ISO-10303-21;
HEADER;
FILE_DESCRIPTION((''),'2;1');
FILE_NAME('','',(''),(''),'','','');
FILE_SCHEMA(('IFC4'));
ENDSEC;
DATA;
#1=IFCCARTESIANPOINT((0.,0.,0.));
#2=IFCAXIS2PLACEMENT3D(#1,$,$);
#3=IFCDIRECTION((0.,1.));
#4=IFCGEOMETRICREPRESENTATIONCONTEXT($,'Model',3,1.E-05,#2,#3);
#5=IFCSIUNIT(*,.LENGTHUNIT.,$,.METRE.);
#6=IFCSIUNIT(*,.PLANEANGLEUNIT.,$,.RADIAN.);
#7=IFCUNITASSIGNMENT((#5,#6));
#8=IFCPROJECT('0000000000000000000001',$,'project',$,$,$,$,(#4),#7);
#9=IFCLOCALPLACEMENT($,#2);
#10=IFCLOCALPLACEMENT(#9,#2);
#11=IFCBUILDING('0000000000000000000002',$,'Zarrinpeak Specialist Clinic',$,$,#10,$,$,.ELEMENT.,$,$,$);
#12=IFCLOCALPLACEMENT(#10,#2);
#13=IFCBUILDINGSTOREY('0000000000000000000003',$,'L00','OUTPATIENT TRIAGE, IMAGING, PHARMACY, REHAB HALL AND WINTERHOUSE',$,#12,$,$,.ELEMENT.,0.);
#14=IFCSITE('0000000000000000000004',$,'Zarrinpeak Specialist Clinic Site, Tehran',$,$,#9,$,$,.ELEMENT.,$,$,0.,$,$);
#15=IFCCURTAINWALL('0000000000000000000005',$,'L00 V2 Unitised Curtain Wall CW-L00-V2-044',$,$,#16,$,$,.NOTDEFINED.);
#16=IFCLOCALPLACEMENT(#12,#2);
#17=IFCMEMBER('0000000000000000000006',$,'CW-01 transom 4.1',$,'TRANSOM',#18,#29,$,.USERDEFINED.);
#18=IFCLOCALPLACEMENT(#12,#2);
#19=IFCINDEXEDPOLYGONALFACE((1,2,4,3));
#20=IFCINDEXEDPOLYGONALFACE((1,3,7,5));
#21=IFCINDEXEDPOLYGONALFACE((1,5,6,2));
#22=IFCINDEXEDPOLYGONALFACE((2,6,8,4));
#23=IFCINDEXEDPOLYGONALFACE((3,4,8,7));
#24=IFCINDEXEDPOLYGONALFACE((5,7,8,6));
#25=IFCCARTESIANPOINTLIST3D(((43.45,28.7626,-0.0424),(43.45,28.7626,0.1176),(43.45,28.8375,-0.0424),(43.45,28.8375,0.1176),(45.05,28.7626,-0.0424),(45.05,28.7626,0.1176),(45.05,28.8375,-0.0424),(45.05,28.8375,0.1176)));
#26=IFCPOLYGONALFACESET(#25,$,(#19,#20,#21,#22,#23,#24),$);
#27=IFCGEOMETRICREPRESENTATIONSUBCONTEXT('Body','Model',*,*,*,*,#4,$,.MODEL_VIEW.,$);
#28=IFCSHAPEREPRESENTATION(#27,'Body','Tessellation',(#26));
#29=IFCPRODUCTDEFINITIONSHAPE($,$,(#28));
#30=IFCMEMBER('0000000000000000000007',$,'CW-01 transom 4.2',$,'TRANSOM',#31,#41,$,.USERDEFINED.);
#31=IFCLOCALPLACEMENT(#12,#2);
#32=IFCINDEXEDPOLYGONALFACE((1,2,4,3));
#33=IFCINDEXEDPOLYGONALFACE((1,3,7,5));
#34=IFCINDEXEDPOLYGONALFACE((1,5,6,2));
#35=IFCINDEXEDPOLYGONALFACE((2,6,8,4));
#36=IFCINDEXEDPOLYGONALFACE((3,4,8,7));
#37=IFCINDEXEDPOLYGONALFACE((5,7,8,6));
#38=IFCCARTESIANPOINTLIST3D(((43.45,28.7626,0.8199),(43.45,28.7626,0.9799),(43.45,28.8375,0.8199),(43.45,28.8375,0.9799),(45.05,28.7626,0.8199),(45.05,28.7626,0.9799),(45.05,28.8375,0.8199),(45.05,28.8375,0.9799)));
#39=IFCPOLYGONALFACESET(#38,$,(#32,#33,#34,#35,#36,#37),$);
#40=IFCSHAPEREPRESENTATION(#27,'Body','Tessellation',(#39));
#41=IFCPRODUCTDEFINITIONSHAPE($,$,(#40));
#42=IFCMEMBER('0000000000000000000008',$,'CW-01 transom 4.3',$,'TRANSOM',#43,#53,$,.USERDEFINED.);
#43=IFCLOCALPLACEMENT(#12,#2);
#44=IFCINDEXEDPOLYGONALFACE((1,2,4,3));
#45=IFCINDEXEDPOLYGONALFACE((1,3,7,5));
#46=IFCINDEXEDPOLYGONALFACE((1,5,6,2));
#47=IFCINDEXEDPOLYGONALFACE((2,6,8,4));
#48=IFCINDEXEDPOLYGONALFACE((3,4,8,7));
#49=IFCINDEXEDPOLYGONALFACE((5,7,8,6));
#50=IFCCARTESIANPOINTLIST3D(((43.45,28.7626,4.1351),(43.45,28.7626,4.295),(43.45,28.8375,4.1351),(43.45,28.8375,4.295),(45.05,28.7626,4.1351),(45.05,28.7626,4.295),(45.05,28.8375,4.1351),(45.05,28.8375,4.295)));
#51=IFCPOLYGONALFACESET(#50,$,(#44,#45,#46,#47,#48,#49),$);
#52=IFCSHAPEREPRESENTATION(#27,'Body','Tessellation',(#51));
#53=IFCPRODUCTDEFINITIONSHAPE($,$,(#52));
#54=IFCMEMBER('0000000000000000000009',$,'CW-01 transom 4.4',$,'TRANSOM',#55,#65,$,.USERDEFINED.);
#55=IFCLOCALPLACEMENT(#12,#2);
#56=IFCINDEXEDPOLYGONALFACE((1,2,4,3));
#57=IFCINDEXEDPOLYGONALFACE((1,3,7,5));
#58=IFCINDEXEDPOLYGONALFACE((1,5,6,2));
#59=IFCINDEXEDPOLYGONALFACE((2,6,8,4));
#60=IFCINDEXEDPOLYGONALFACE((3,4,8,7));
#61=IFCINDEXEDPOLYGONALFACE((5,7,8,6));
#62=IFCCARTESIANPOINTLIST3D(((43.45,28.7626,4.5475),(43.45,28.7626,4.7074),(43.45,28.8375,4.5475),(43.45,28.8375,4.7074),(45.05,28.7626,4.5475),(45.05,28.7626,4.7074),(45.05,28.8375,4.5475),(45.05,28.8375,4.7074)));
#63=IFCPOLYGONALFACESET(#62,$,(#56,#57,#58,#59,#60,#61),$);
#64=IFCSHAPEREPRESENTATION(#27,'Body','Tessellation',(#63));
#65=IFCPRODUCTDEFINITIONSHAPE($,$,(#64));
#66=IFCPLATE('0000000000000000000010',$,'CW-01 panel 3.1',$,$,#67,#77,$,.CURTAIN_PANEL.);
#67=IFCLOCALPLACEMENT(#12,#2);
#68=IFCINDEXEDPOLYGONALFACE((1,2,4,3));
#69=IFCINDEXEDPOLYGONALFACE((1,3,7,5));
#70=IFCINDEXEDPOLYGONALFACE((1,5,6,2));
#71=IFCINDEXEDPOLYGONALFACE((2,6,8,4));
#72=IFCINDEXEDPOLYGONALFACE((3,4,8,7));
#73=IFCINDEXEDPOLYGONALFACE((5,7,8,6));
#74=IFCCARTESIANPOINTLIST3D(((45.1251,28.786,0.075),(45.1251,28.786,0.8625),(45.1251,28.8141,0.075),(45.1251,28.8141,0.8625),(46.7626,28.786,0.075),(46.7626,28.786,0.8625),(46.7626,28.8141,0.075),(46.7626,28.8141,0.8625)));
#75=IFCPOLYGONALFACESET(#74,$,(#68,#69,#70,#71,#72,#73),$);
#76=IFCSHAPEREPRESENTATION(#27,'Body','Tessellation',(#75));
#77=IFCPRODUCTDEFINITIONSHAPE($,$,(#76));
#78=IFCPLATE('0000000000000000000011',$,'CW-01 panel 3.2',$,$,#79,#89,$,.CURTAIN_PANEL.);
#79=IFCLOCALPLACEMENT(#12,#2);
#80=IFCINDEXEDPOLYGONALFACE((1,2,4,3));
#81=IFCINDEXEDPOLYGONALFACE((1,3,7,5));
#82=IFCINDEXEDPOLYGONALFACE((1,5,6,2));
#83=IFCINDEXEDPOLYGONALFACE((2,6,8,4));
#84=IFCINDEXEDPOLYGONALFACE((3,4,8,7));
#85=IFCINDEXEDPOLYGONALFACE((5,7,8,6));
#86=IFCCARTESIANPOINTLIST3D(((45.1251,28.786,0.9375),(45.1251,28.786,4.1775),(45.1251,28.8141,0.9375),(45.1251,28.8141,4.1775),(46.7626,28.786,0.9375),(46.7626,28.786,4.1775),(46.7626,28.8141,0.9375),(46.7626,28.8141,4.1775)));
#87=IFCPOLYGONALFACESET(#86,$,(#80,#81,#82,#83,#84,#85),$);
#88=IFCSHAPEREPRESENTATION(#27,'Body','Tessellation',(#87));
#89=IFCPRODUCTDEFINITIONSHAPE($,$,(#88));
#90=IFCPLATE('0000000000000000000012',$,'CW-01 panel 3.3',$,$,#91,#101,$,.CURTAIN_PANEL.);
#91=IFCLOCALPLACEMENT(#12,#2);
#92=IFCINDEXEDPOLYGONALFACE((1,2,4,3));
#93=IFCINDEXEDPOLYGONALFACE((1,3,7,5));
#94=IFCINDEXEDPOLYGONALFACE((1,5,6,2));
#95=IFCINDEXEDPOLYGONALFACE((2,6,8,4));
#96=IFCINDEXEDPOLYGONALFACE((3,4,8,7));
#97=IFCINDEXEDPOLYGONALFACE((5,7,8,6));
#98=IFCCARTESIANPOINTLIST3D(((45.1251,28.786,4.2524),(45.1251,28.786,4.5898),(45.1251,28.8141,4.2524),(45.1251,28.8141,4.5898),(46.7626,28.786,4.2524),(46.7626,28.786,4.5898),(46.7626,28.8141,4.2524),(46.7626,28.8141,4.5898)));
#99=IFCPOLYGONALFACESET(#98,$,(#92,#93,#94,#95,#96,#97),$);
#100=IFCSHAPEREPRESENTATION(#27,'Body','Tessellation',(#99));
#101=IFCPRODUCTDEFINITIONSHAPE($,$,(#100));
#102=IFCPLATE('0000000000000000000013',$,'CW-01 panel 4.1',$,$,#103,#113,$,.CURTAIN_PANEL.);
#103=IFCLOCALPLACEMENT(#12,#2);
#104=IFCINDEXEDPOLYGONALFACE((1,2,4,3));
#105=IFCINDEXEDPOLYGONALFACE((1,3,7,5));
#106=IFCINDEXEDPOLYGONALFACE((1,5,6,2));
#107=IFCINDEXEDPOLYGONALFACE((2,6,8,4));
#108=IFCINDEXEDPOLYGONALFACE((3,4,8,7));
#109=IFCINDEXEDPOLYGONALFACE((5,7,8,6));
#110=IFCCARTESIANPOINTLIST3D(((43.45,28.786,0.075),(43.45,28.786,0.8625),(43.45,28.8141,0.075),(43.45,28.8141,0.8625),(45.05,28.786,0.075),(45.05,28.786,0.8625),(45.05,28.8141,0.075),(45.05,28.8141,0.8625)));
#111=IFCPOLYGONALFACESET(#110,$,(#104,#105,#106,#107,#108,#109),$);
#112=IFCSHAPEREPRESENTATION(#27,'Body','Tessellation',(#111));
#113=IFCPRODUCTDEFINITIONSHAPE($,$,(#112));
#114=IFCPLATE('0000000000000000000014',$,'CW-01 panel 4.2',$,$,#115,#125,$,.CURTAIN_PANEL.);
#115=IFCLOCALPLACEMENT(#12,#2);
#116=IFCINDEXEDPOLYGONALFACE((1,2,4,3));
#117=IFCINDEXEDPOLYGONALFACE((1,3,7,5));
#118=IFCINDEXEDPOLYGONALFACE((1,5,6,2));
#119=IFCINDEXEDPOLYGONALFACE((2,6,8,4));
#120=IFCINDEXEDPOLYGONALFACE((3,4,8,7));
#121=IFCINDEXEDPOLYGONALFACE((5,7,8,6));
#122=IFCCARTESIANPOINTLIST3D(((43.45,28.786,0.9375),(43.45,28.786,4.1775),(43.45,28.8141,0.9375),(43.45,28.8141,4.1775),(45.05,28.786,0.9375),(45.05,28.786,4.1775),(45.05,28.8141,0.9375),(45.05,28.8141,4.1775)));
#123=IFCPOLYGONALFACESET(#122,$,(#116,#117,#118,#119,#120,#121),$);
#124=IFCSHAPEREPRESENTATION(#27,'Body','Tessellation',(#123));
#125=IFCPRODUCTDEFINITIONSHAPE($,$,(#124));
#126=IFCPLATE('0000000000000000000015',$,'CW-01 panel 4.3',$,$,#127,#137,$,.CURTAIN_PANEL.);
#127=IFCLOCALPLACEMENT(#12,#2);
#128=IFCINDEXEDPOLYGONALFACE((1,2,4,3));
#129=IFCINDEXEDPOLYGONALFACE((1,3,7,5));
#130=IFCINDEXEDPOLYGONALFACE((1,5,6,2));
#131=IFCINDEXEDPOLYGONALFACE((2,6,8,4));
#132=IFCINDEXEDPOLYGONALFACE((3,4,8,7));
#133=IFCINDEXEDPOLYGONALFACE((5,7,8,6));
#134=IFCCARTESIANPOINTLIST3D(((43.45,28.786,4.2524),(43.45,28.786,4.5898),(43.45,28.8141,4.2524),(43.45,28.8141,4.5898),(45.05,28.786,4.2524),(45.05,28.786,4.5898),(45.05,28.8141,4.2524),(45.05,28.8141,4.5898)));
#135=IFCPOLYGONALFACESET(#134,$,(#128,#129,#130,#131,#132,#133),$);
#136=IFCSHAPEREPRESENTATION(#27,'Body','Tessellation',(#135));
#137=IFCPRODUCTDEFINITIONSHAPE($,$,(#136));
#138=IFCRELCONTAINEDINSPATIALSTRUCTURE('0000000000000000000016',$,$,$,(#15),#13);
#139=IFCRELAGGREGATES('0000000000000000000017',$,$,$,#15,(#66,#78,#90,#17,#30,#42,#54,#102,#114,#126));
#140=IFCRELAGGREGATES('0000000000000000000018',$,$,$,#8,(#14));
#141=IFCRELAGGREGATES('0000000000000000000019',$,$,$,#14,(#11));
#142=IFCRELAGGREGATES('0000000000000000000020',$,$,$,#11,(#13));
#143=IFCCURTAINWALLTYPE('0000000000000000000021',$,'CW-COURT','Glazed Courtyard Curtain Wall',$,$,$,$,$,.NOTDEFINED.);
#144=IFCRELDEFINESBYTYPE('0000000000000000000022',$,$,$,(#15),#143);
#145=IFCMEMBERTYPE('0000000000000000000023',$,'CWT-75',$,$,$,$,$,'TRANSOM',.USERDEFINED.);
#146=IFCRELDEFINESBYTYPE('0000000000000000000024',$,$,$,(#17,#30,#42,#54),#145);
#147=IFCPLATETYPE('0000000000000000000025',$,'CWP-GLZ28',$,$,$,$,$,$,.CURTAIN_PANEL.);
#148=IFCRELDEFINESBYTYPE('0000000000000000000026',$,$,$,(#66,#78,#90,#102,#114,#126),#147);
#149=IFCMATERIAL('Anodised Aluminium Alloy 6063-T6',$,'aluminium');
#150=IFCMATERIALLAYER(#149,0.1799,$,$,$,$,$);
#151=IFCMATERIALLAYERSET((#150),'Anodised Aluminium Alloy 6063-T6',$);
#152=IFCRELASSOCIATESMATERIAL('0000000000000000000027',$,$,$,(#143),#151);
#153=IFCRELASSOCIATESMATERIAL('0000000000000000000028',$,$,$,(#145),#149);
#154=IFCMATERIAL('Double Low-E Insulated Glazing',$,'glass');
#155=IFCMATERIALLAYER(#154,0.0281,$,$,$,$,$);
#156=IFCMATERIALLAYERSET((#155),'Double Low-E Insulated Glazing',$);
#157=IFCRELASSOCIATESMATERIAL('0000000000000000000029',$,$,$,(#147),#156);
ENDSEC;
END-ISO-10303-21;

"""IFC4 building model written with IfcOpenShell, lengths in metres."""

from ifc_helpers import new_model, si_unit, direction, frame, origin, origin_2d, place, context, subcontext, project, spatial, rectangle, extrude, material, layer, layer_set, material_profile, profile_set, type_object, element, aggregate, save


model = new_model("IFC4")

# Units and contexts
model_context = context("Model", 3, precision=1e-05, world=origin(), true_north=direction((0.0, 1.0)))
body_context = subcontext(model_context, "Body", "Model", "MODEL_VIEW")
ifc_project = project(units=[si_unit("LENGTHUNIT", "METRE"), si_unit("PLANEANGLEUNIT", "RADIAN")], contexts=[model_context])

# Site, building, storey
site_placement = place(None, origin())
site = spatial("IfcSite", under=ifc_project, at=site_placement, Name="Zarrinpeak Specialist Clinic Site, Tehran", CompositionType="ELEMENT", RefElevation=0.0)
building_placement = place(site_placement, origin())
building = spatial("IfcBuilding", under=site, at=building_placement, Name="Zarrinpeak Specialist Clinic", CompositionType="ELEMENT")
storey_placement = place(building_placement, origin())
storey = spatial("IfcBuildingStorey", under=building, at=storey_placement, Name="L00", Description="OUTPATIENT TRIAGE, IMAGING, PHARMACY, REHAB HALL AND WINTERHOUSE", CompositionType="ELEMENT", Elevation=0.0)

# Curtain wall, members, plates
ifc_material_1 = material(Name="Anodised Aluminium Alloy 6063-T6", Category="aluminium")
ifc_layer_1 = layer(ifc_material_1, 0.1799)
ifc_layer_set_1 = layer_set([ifc_layer_1], Name="Anodised Aluminium Alloy 6063-T6")
curtain_wall_type = type_object("IfcCurtainWallType", Name="CW-COURT", Description="Glazed Courtyard Curtain Wall", PredefinedType="NOTDEFINED", material=ifc_layer_set_1)
curtain_wall_placement = place(storey_placement, origin())
curtain_wall = element("IfcCurtainWall", 1, at=curtain_wall_placement, inside=storey, type_object=curtain_wall_type, Name="L00 V2 Unitised Curtain Wall CW-L00-V2-044", PredefinedType="NOTDEFINED")
ifc_material_profile_1 = material_profile(ifc_material_1, rectangle(XDim=0.075, YDim=0.1599, at=origin_2d()), Name="ALU 75x160")
ifc_profile_set_1 = profile_set([ifc_material_profile_1], Name="Anodised Aluminium Alloy 6063-T6")
member_type_1 = type_object("IfcMemberType", Name="CWT-75", ElementType="TRANSOM", PredefinedType="USERDEFINED", material=ifc_profile_set_1)
member_1_placement = place(storey_placement, frame((45.05, 28.8, 0.0376), z_axis=(-1.0, 0.0, 0.0), x_axis=(0.0, -1.0, 0.0)))
member_1 = element("IfcMember", 2, at=member_1_placement, type_object=member_type_1, Name="CW-01 transom 4.1", ObjectType="TRANSOM", PredefinedType="USERDEFINED", context=body_context, shape_type="SweptSolid", body=[
    extrude(rectangle(XDim=0.075, YDim=0.1599, at=origin_2d()), origin(), (0.0, 0.0, 1.0), 1.6001),
])
member_2_placement = place(storey_placement, frame((45.05, 28.8, 0.8999), z_axis=(-1.0, 0.0, 0.0), x_axis=(0.0, -1.0, 0.0)))
member_2 = element("IfcMember", 3, at=member_2_placement, type_object=member_type_1, Name="CW-01 transom 4.2", ObjectType="TRANSOM", PredefinedType="USERDEFINED", context=body_context, shape_type="SweptSolid", body=[
    extrude(rectangle(XDim=0.075, YDim=0.1599, at=origin_2d()), origin(), (0.0, 0.0, 1.0), 1.6001),
])
member_3_placement = place(storey_placement, frame((45.05, 28.8, 4.2151), z_axis=(-1.0, 0.0, 0.0), x_axis=(0.0, -1.0, 0.0)))
member_3 = element("IfcMember", 4, at=member_3_placement, type_object=member_type_1, Name="CW-01 transom 4.3", ObjectType="TRANSOM", PredefinedType="USERDEFINED", context=body_context, shape_type="SweptSolid", body=[
    extrude(rectangle(XDim=0.075, YDim=0.1599, at=origin_2d()), origin(), (0.0, 0.0, 1.0), 1.6001),
])
member_4_placement = place(storey_placement, frame((45.05, 28.8, 4.6274), z_axis=(-1.0, 0.0, 0.0), x_axis=(0.0, -1.0, 0.0)))
member_4 = element("IfcMember", 5, at=member_4_placement, type_object=member_type_1, Name="CW-01 transom 4.4", ObjectType="TRANSOM", PredefinedType="USERDEFINED", context=body_context, shape_type="SweptSolid", body=[
    extrude(rectangle(XDim=0.075, YDim=0.1599, at=origin_2d()), origin(), (0.0, 0.0, 1.0), 1.6001),
])
ifc_material_2 = material(Name="Double Low-E Insulated Glazing", Category="glass")
ifc_layer_2 = layer(ifc_material_2, 0.0281)
ifc_layer_set_2 = layer_set([ifc_layer_2], Name="Double Low-E Insulated Glazing")
plate_type = type_object("IfcPlateType", Name="CWP-GLZ28", PredefinedType="CURTAIN_PANEL", material=ifc_layer_set_2)
plate_1_placement = place(storey_placement, frame((45.9438, 28.8, 0.075), z_axis=(0.0, 0.0, 1.0), x_axis=(-1.0, 0.0, 0.0)))
plate_1 = element("IfcPlate", 6, at=plate_1_placement, type_object=plate_type, Name="CW-01 panel 3.1", PredefinedType="CURTAIN_PANEL", context=body_context, shape_type="SweptSolid", body=[
    extrude(rectangle(XDim=1.6375, YDim=0.0281, at=origin_2d()), origin(), (0.0, 0.0, 1.0), 0.7876),
])
plate_2_placement = place(storey_placement, frame((45.9438, 28.8, 0.9375), z_axis=(0.0, 0.0, 1.0), x_axis=(-1.0, 0.0, 0.0)))
plate_2 = element("IfcPlate", 7, at=plate_2_placement, type_object=plate_type, Name="CW-01 panel 3.2", PredefinedType="CURTAIN_PANEL", context=body_context, shape_type="SweptSolid", body=[
    extrude(rectangle(XDim=1.6375, YDim=0.0281, at=origin_2d()), origin(), (0.0, 0.0, 1.0), 3.24),
])
plate_3_placement = place(storey_placement, frame((45.9438, 28.8, 4.2524), z_axis=(0.0, 0.0, 1.0), x_axis=(-1.0, 0.0, 0.0)))
plate_3 = element("IfcPlate", 8, at=plate_3_placement, type_object=plate_type, Name="CW-01 panel 3.3", PredefinedType="CURTAIN_PANEL", context=body_context, shape_type="SweptSolid", body=[
    extrude(rectangle(XDim=1.6375, YDim=0.0281, at=origin_2d()), origin(), (0.0, 0.0, 1.0), 0.3374),
])
plate_4_placement = place(storey_placement, frame((44.25, 28.8, 0.075), z_axis=(0.0, 0.0, 1.0), x_axis=(-1.0, 0.0, 0.0)))
plate_4 = element("IfcPlate", 9, at=plate_4_placement, type_object=plate_type, Name="CW-01 panel 4.1", PredefinedType="CURTAIN_PANEL", context=body_context, shape_type="SweptSolid", body=[
    extrude(rectangle(XDim=1.6001, YDim=0.0281, at=origin_2d()), origin(), (0.0, 0.0, 1.0), 0.7876),
])
plate_5_placement = place(storey_placement, frame((44.25, 28.8, 0.9375), z_axis=(0.0, 0.0, 1.0), x_axis=(-1.0, 0.0, 0.0)))
plate_5 = element("IfcPlate", 10, at=plate_5_placement, type_object=plate_type, Name="CW-01 panel 4.2", PredefinedType="CURTAIN_PANEL", context=body_context, shape_type="SweptSolid", body=[
    extrude(rectangle(XDim=1.6001, YDim=0.0281, at=origin_2d()), origin(), (0.0, 0.0, 1.0), 3.24),
])
plate_6_placement = place(storey_placement, frame((44.25, 28.8, 4.2524), z_axis=(0.0, 0.0, 1.0), x_axis=(-1.0, 0.0, 0.0)))
plate_6 = element("IfcPlate", 11, at=plate_6_placement, type_object=plate_type, Name="CW-01 panel 4.3", PredefinedType="CURTAIN_PANEL", context=body_context, shape_type="SweptSolid", body=[
    extrude(rectangle(XDim=1.6001, YDim=0.0281, at=origin_2d()), origin(), (0.0, 0.0, 1.0), 0.3374),
])
aggregate(curtain_wall, [plate_1, plate_2, plate_3, member_1, member_2, member_3, member_4, plate_4, plate_5, plate_6])

save(model, "model.ifc")
